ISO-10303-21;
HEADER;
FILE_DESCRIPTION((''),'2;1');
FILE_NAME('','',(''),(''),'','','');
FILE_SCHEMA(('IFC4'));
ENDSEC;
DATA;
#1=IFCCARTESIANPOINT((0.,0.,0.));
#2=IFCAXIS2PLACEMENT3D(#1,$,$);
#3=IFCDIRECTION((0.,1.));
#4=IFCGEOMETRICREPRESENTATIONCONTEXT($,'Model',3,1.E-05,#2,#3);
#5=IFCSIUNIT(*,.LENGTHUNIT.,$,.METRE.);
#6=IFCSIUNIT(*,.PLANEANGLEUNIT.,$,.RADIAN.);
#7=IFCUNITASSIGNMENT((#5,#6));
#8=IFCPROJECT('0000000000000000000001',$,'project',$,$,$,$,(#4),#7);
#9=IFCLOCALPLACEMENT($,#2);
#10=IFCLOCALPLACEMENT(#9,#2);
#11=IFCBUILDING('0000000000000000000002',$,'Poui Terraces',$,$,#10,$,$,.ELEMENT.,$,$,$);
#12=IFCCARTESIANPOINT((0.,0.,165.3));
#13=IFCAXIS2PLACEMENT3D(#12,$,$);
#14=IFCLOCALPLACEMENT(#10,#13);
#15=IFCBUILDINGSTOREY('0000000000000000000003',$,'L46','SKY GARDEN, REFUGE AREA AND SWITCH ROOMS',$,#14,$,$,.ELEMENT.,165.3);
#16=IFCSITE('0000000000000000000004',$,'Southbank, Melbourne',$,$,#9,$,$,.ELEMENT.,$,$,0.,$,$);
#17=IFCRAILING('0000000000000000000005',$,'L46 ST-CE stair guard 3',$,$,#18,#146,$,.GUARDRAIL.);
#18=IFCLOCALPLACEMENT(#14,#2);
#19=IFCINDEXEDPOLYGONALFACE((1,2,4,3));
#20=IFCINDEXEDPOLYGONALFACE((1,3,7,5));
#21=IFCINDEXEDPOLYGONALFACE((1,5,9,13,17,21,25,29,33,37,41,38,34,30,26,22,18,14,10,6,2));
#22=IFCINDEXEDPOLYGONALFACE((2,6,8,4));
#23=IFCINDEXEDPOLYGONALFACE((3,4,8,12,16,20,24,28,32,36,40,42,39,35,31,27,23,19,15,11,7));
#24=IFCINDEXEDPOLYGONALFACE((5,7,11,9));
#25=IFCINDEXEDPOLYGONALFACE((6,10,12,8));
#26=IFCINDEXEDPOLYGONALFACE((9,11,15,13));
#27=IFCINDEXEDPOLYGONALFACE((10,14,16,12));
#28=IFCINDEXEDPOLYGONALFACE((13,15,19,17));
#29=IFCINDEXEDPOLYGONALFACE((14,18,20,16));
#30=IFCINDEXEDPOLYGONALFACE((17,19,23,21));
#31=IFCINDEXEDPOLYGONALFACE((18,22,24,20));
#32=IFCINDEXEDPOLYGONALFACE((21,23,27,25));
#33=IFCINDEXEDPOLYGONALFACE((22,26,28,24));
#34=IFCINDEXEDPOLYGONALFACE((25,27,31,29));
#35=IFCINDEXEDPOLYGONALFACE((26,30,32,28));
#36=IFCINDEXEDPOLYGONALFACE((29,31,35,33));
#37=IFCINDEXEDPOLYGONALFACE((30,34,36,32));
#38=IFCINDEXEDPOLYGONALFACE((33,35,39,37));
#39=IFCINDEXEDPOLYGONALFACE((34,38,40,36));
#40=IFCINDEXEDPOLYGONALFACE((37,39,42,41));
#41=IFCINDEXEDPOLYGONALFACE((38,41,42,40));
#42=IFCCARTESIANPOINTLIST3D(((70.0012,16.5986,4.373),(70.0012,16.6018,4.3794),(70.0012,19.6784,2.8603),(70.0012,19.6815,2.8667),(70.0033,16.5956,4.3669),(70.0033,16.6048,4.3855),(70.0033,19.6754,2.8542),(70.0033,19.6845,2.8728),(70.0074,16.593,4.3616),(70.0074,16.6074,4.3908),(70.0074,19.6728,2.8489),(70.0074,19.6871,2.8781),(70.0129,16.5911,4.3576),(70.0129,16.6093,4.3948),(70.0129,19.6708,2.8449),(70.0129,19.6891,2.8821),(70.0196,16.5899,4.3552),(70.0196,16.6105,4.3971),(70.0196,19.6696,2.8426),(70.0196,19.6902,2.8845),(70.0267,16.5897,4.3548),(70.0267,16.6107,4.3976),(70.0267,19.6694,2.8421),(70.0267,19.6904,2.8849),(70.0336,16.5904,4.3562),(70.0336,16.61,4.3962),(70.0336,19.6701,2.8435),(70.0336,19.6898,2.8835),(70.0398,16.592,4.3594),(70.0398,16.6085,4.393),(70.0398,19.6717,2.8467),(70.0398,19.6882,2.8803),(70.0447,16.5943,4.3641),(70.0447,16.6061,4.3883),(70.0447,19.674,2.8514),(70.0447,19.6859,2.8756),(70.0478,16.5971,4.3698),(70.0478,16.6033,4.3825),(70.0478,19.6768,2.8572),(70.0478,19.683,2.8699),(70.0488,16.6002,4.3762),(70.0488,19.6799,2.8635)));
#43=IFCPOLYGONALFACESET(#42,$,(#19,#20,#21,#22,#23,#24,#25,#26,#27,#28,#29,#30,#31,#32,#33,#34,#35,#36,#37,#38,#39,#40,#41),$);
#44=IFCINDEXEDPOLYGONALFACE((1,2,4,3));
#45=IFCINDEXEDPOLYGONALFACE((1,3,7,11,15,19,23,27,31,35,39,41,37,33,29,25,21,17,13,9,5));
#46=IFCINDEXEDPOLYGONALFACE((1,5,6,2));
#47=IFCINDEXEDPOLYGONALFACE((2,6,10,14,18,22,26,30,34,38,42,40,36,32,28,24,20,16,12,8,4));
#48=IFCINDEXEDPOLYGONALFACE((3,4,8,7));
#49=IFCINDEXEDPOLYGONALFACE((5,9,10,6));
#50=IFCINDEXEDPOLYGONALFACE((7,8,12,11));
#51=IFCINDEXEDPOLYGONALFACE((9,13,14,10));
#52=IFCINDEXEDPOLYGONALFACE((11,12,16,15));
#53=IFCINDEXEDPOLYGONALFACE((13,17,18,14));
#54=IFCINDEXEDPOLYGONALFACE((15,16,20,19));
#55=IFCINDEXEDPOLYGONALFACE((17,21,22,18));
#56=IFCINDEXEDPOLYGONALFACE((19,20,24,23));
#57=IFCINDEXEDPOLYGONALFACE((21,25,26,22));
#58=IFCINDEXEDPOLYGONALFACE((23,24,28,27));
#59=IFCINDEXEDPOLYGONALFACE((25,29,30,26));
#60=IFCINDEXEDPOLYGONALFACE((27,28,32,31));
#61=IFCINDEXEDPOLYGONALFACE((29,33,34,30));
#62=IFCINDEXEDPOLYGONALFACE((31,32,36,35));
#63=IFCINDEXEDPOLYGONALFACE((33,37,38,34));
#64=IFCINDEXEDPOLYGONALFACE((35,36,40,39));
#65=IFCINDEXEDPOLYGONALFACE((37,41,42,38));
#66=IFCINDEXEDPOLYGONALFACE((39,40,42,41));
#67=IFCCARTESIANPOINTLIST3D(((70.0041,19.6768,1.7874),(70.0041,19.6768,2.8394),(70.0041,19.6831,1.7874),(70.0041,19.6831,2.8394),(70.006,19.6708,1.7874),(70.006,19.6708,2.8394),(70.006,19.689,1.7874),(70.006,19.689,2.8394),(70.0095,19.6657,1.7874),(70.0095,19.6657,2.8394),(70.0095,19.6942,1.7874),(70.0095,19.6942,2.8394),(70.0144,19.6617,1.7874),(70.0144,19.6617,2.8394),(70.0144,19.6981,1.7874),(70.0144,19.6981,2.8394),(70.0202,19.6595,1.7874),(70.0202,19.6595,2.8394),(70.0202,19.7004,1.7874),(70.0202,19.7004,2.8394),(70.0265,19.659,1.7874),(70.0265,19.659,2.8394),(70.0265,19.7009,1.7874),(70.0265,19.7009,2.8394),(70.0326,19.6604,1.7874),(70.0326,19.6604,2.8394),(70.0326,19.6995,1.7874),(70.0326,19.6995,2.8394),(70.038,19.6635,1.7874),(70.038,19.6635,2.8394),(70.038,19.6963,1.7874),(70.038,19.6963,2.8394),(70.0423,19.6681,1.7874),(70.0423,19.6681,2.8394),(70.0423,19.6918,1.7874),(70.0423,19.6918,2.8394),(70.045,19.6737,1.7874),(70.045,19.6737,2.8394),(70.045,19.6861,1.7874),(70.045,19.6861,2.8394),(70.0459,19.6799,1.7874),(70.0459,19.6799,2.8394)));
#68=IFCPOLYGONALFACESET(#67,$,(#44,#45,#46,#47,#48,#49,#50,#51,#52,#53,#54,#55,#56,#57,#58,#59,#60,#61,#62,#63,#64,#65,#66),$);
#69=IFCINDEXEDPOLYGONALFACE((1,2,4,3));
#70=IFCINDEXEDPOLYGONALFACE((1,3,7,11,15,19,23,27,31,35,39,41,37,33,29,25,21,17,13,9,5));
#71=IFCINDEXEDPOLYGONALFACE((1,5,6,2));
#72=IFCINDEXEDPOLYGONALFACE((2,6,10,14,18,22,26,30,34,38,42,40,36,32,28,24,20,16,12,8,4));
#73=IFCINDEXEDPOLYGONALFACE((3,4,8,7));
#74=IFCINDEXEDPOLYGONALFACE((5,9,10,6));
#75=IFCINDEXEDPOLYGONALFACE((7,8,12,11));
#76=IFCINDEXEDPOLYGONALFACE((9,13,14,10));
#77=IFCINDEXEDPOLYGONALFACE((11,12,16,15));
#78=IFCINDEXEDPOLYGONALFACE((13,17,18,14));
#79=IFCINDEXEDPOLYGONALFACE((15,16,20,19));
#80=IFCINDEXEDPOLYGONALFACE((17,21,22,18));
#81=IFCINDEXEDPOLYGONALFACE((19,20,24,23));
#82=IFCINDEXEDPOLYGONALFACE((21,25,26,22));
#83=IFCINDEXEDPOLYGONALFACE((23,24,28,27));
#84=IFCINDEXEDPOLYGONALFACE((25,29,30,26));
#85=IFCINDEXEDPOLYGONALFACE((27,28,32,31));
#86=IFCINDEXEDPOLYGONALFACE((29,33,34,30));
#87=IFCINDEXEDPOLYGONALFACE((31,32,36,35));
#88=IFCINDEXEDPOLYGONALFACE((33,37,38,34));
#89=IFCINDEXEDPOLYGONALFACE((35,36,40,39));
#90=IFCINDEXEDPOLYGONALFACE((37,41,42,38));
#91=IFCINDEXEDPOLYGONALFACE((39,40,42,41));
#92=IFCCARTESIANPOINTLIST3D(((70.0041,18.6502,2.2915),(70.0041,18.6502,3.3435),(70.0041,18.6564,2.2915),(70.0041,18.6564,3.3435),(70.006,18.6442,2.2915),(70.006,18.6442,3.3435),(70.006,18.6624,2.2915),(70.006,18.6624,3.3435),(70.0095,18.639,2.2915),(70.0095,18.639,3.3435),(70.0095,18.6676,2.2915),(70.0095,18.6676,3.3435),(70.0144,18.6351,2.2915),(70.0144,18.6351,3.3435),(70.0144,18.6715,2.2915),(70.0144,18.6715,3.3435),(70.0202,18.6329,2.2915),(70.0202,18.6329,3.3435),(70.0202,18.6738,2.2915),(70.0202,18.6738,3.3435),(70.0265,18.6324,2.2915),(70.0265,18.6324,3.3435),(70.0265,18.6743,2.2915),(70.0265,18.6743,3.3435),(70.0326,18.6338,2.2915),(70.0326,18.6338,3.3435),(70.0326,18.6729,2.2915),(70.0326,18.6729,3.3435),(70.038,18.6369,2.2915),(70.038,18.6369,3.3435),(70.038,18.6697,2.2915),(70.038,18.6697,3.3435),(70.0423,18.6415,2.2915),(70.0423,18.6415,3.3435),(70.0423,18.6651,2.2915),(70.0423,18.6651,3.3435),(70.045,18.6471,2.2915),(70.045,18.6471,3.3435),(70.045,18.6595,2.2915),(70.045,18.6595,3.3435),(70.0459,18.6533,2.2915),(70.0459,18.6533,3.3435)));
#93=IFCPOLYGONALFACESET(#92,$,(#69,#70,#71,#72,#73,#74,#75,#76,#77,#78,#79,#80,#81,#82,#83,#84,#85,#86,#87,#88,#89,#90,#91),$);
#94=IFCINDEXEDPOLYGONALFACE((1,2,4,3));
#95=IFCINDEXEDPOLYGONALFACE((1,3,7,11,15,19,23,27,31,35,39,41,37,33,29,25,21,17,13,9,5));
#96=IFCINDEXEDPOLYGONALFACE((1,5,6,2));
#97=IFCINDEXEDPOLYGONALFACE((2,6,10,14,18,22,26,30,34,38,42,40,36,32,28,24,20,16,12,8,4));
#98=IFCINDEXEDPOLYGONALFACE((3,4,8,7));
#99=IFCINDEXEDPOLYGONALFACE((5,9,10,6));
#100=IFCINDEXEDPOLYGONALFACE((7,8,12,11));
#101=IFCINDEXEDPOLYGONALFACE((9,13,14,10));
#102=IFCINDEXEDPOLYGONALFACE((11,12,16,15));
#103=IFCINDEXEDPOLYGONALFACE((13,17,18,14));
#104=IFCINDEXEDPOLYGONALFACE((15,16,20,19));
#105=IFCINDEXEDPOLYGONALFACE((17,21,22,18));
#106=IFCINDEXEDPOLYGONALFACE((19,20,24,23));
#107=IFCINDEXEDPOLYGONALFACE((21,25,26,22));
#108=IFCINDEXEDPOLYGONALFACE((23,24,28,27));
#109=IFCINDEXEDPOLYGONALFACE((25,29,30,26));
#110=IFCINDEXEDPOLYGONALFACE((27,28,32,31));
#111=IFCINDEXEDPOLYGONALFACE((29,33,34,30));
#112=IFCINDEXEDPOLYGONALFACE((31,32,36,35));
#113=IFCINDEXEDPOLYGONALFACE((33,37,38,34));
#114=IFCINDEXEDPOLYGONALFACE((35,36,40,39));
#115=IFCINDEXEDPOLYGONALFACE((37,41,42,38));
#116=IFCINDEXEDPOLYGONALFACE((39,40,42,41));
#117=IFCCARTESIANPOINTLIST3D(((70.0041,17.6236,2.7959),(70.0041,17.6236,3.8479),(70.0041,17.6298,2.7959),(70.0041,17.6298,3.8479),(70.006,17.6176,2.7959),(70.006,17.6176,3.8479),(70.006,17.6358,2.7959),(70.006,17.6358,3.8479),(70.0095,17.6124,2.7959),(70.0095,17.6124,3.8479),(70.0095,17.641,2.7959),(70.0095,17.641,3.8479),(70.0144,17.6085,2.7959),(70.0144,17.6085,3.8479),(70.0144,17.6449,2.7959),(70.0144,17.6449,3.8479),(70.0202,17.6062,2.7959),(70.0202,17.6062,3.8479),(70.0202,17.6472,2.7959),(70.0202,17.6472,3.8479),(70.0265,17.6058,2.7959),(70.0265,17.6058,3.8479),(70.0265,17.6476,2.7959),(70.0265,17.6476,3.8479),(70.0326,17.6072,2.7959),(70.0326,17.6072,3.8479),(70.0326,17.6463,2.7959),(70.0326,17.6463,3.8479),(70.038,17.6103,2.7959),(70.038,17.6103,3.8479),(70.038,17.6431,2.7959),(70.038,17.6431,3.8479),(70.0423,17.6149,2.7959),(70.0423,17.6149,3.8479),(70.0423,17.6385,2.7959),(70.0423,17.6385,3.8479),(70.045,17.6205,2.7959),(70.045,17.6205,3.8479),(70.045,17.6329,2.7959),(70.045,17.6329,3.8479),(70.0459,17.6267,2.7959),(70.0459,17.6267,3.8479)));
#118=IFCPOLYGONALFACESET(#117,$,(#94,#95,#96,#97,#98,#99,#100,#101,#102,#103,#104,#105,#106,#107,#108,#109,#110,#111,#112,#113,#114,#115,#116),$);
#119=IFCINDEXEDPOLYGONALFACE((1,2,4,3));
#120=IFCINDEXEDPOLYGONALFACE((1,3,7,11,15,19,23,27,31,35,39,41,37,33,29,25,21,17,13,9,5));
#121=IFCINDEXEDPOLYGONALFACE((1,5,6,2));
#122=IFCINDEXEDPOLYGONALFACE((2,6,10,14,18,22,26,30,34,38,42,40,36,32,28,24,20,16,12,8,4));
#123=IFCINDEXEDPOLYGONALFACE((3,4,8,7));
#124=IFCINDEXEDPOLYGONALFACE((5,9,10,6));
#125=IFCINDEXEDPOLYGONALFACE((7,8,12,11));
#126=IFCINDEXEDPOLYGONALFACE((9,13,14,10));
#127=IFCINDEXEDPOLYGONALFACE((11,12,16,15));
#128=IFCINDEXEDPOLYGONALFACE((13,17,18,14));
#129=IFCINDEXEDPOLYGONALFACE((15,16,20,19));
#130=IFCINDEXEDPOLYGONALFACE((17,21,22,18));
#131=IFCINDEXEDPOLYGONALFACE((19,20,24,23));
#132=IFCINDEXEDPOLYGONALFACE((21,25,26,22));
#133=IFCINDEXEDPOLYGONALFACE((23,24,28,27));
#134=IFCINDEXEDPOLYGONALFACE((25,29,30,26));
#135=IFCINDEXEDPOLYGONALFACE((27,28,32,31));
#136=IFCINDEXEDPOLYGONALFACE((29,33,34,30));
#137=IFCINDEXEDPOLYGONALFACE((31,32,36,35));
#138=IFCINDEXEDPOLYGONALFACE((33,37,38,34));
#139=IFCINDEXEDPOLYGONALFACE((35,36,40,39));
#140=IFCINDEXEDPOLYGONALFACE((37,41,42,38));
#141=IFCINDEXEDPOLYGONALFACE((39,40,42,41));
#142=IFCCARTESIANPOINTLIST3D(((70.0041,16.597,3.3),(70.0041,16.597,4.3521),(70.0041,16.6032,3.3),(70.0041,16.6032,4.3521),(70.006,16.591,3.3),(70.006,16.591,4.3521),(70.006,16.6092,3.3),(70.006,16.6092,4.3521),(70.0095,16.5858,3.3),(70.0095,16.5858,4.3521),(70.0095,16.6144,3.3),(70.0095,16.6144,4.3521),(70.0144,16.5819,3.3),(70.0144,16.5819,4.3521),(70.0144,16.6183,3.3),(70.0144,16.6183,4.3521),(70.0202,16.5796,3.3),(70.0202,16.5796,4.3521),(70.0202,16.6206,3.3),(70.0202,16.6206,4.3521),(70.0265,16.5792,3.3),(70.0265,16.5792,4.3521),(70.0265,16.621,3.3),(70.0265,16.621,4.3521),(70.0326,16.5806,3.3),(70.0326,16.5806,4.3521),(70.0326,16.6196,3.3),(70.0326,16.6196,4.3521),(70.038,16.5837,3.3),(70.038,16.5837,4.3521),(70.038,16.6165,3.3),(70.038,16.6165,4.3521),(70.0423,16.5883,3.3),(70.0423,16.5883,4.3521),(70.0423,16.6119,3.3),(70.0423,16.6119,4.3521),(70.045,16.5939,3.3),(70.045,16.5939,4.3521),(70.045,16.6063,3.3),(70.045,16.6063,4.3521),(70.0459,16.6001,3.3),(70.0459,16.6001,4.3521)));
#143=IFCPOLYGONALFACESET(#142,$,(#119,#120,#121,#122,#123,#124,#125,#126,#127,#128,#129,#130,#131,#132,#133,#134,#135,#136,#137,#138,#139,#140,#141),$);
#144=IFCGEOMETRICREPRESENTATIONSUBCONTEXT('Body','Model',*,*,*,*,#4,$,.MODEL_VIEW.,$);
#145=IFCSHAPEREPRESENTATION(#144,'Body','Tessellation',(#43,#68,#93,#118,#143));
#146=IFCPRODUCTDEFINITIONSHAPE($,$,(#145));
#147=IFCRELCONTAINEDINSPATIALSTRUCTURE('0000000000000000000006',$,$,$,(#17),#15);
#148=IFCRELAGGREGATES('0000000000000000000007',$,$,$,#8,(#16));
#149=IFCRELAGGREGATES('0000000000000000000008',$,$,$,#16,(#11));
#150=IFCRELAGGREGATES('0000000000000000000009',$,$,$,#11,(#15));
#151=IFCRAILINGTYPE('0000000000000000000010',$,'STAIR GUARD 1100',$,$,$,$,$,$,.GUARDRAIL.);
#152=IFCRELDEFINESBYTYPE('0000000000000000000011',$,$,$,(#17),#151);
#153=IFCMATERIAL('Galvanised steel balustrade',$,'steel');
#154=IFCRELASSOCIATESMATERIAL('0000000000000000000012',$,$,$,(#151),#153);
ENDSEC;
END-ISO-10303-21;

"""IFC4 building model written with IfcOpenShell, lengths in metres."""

from ifc_helpers import new_model, si_unit, direction, frame, origin, origin_2d, place, context, subcontext, project, spatial, circle, extrude, material, type_object, element, save


model = new_model("IFC4")

# Units and contexts
model_context = context("Model", 3, precision=1e-05, world=origin(), true_north=direction((0.0, 1.0)))
body_context = subcontext(model_context, "Body", "Model", "MODEL_VIEW")
ifc_project = project(units=[si_unit("LENGTHUNIT", "METRE"), si_unit("PLANEANGLEUNIT", "RADIAN")], contexts=[model_context])

# Site, building, storey
site_placement = place(None, origin())
site = spatial("IfcSite", under=ifc_project, at=site_placement, Name="Southbank, Melbourne", CompositionType="ELEMENT", RefElevation=0.0)
building_placement = place(site_placement, origin())
building = spatial("IfcBuilding", under=site, at=building_placement, Name="Poui Terraces", CompositionType="ELEMENT")
storey_placement = place(building_placement, frame((0.0, 0.0, 165.3)))
storey = spatial("IfcBuildingStorey", under=building, at=storey_placement, Name="L46", Description="SKY GARDEN, REFUGE AREA AND SWITCH ROOMS", CompositionType="ELEMENT", Elevation=165.3)

# Railing
ifc_material_1 = material(Name="Galvanised steel balustrade", Category="steel")
railing_type_1 = type_object("IfcRailingType", Name="STAIR GUARD 1100", PredefinedType="GUARDRAIL", material=ifc_material_1)
railing_1_placement = place(storey_placement, frame((70.0249, 19.6799, 1.7874)))
element("IfcRailing", 1, at=railing_1_placement, inside=storey, type_object=railing_type_1, Name="L46 ST-CE stair guard 3", PredefinedType="GUARDRAIL", context=body_context, shape_type="SweptSolid", body=[
    extrude(circle(Radius=0.0239, at=origin_2d()), frame((0.0, 0.0, 1.0762), z_axis=(0.0, -0.897578, 0.440856), x_axis=(1.0, 0.0, 0.0)), (0.0, 0.0, 1.0), 3.4312),
    extrude(circle(Radius=0.021, at=origin_2d()), origin(), (0.0, 0.0, 1.0), 1.052),
    extrude(circle(Radius=0.021, at=origin_2d()), frame((0.0, -1.0266, 0.5042)), (0.0, 0.0, 1.0), 1.052),
    extrude(circle(Radius=0.021, at=origin_2d()), frame((0.0, -2.0532, 1.0085)), (0.0, 0.0, 1.0), 1.052),
    extrude(circle(Radius=0.021, at=origin_2d()), frame((0.0, -3.0798, 1.5127)), (0.0, 0.0, 1.0), 1.052),
])

save(model, "model.ifc")
